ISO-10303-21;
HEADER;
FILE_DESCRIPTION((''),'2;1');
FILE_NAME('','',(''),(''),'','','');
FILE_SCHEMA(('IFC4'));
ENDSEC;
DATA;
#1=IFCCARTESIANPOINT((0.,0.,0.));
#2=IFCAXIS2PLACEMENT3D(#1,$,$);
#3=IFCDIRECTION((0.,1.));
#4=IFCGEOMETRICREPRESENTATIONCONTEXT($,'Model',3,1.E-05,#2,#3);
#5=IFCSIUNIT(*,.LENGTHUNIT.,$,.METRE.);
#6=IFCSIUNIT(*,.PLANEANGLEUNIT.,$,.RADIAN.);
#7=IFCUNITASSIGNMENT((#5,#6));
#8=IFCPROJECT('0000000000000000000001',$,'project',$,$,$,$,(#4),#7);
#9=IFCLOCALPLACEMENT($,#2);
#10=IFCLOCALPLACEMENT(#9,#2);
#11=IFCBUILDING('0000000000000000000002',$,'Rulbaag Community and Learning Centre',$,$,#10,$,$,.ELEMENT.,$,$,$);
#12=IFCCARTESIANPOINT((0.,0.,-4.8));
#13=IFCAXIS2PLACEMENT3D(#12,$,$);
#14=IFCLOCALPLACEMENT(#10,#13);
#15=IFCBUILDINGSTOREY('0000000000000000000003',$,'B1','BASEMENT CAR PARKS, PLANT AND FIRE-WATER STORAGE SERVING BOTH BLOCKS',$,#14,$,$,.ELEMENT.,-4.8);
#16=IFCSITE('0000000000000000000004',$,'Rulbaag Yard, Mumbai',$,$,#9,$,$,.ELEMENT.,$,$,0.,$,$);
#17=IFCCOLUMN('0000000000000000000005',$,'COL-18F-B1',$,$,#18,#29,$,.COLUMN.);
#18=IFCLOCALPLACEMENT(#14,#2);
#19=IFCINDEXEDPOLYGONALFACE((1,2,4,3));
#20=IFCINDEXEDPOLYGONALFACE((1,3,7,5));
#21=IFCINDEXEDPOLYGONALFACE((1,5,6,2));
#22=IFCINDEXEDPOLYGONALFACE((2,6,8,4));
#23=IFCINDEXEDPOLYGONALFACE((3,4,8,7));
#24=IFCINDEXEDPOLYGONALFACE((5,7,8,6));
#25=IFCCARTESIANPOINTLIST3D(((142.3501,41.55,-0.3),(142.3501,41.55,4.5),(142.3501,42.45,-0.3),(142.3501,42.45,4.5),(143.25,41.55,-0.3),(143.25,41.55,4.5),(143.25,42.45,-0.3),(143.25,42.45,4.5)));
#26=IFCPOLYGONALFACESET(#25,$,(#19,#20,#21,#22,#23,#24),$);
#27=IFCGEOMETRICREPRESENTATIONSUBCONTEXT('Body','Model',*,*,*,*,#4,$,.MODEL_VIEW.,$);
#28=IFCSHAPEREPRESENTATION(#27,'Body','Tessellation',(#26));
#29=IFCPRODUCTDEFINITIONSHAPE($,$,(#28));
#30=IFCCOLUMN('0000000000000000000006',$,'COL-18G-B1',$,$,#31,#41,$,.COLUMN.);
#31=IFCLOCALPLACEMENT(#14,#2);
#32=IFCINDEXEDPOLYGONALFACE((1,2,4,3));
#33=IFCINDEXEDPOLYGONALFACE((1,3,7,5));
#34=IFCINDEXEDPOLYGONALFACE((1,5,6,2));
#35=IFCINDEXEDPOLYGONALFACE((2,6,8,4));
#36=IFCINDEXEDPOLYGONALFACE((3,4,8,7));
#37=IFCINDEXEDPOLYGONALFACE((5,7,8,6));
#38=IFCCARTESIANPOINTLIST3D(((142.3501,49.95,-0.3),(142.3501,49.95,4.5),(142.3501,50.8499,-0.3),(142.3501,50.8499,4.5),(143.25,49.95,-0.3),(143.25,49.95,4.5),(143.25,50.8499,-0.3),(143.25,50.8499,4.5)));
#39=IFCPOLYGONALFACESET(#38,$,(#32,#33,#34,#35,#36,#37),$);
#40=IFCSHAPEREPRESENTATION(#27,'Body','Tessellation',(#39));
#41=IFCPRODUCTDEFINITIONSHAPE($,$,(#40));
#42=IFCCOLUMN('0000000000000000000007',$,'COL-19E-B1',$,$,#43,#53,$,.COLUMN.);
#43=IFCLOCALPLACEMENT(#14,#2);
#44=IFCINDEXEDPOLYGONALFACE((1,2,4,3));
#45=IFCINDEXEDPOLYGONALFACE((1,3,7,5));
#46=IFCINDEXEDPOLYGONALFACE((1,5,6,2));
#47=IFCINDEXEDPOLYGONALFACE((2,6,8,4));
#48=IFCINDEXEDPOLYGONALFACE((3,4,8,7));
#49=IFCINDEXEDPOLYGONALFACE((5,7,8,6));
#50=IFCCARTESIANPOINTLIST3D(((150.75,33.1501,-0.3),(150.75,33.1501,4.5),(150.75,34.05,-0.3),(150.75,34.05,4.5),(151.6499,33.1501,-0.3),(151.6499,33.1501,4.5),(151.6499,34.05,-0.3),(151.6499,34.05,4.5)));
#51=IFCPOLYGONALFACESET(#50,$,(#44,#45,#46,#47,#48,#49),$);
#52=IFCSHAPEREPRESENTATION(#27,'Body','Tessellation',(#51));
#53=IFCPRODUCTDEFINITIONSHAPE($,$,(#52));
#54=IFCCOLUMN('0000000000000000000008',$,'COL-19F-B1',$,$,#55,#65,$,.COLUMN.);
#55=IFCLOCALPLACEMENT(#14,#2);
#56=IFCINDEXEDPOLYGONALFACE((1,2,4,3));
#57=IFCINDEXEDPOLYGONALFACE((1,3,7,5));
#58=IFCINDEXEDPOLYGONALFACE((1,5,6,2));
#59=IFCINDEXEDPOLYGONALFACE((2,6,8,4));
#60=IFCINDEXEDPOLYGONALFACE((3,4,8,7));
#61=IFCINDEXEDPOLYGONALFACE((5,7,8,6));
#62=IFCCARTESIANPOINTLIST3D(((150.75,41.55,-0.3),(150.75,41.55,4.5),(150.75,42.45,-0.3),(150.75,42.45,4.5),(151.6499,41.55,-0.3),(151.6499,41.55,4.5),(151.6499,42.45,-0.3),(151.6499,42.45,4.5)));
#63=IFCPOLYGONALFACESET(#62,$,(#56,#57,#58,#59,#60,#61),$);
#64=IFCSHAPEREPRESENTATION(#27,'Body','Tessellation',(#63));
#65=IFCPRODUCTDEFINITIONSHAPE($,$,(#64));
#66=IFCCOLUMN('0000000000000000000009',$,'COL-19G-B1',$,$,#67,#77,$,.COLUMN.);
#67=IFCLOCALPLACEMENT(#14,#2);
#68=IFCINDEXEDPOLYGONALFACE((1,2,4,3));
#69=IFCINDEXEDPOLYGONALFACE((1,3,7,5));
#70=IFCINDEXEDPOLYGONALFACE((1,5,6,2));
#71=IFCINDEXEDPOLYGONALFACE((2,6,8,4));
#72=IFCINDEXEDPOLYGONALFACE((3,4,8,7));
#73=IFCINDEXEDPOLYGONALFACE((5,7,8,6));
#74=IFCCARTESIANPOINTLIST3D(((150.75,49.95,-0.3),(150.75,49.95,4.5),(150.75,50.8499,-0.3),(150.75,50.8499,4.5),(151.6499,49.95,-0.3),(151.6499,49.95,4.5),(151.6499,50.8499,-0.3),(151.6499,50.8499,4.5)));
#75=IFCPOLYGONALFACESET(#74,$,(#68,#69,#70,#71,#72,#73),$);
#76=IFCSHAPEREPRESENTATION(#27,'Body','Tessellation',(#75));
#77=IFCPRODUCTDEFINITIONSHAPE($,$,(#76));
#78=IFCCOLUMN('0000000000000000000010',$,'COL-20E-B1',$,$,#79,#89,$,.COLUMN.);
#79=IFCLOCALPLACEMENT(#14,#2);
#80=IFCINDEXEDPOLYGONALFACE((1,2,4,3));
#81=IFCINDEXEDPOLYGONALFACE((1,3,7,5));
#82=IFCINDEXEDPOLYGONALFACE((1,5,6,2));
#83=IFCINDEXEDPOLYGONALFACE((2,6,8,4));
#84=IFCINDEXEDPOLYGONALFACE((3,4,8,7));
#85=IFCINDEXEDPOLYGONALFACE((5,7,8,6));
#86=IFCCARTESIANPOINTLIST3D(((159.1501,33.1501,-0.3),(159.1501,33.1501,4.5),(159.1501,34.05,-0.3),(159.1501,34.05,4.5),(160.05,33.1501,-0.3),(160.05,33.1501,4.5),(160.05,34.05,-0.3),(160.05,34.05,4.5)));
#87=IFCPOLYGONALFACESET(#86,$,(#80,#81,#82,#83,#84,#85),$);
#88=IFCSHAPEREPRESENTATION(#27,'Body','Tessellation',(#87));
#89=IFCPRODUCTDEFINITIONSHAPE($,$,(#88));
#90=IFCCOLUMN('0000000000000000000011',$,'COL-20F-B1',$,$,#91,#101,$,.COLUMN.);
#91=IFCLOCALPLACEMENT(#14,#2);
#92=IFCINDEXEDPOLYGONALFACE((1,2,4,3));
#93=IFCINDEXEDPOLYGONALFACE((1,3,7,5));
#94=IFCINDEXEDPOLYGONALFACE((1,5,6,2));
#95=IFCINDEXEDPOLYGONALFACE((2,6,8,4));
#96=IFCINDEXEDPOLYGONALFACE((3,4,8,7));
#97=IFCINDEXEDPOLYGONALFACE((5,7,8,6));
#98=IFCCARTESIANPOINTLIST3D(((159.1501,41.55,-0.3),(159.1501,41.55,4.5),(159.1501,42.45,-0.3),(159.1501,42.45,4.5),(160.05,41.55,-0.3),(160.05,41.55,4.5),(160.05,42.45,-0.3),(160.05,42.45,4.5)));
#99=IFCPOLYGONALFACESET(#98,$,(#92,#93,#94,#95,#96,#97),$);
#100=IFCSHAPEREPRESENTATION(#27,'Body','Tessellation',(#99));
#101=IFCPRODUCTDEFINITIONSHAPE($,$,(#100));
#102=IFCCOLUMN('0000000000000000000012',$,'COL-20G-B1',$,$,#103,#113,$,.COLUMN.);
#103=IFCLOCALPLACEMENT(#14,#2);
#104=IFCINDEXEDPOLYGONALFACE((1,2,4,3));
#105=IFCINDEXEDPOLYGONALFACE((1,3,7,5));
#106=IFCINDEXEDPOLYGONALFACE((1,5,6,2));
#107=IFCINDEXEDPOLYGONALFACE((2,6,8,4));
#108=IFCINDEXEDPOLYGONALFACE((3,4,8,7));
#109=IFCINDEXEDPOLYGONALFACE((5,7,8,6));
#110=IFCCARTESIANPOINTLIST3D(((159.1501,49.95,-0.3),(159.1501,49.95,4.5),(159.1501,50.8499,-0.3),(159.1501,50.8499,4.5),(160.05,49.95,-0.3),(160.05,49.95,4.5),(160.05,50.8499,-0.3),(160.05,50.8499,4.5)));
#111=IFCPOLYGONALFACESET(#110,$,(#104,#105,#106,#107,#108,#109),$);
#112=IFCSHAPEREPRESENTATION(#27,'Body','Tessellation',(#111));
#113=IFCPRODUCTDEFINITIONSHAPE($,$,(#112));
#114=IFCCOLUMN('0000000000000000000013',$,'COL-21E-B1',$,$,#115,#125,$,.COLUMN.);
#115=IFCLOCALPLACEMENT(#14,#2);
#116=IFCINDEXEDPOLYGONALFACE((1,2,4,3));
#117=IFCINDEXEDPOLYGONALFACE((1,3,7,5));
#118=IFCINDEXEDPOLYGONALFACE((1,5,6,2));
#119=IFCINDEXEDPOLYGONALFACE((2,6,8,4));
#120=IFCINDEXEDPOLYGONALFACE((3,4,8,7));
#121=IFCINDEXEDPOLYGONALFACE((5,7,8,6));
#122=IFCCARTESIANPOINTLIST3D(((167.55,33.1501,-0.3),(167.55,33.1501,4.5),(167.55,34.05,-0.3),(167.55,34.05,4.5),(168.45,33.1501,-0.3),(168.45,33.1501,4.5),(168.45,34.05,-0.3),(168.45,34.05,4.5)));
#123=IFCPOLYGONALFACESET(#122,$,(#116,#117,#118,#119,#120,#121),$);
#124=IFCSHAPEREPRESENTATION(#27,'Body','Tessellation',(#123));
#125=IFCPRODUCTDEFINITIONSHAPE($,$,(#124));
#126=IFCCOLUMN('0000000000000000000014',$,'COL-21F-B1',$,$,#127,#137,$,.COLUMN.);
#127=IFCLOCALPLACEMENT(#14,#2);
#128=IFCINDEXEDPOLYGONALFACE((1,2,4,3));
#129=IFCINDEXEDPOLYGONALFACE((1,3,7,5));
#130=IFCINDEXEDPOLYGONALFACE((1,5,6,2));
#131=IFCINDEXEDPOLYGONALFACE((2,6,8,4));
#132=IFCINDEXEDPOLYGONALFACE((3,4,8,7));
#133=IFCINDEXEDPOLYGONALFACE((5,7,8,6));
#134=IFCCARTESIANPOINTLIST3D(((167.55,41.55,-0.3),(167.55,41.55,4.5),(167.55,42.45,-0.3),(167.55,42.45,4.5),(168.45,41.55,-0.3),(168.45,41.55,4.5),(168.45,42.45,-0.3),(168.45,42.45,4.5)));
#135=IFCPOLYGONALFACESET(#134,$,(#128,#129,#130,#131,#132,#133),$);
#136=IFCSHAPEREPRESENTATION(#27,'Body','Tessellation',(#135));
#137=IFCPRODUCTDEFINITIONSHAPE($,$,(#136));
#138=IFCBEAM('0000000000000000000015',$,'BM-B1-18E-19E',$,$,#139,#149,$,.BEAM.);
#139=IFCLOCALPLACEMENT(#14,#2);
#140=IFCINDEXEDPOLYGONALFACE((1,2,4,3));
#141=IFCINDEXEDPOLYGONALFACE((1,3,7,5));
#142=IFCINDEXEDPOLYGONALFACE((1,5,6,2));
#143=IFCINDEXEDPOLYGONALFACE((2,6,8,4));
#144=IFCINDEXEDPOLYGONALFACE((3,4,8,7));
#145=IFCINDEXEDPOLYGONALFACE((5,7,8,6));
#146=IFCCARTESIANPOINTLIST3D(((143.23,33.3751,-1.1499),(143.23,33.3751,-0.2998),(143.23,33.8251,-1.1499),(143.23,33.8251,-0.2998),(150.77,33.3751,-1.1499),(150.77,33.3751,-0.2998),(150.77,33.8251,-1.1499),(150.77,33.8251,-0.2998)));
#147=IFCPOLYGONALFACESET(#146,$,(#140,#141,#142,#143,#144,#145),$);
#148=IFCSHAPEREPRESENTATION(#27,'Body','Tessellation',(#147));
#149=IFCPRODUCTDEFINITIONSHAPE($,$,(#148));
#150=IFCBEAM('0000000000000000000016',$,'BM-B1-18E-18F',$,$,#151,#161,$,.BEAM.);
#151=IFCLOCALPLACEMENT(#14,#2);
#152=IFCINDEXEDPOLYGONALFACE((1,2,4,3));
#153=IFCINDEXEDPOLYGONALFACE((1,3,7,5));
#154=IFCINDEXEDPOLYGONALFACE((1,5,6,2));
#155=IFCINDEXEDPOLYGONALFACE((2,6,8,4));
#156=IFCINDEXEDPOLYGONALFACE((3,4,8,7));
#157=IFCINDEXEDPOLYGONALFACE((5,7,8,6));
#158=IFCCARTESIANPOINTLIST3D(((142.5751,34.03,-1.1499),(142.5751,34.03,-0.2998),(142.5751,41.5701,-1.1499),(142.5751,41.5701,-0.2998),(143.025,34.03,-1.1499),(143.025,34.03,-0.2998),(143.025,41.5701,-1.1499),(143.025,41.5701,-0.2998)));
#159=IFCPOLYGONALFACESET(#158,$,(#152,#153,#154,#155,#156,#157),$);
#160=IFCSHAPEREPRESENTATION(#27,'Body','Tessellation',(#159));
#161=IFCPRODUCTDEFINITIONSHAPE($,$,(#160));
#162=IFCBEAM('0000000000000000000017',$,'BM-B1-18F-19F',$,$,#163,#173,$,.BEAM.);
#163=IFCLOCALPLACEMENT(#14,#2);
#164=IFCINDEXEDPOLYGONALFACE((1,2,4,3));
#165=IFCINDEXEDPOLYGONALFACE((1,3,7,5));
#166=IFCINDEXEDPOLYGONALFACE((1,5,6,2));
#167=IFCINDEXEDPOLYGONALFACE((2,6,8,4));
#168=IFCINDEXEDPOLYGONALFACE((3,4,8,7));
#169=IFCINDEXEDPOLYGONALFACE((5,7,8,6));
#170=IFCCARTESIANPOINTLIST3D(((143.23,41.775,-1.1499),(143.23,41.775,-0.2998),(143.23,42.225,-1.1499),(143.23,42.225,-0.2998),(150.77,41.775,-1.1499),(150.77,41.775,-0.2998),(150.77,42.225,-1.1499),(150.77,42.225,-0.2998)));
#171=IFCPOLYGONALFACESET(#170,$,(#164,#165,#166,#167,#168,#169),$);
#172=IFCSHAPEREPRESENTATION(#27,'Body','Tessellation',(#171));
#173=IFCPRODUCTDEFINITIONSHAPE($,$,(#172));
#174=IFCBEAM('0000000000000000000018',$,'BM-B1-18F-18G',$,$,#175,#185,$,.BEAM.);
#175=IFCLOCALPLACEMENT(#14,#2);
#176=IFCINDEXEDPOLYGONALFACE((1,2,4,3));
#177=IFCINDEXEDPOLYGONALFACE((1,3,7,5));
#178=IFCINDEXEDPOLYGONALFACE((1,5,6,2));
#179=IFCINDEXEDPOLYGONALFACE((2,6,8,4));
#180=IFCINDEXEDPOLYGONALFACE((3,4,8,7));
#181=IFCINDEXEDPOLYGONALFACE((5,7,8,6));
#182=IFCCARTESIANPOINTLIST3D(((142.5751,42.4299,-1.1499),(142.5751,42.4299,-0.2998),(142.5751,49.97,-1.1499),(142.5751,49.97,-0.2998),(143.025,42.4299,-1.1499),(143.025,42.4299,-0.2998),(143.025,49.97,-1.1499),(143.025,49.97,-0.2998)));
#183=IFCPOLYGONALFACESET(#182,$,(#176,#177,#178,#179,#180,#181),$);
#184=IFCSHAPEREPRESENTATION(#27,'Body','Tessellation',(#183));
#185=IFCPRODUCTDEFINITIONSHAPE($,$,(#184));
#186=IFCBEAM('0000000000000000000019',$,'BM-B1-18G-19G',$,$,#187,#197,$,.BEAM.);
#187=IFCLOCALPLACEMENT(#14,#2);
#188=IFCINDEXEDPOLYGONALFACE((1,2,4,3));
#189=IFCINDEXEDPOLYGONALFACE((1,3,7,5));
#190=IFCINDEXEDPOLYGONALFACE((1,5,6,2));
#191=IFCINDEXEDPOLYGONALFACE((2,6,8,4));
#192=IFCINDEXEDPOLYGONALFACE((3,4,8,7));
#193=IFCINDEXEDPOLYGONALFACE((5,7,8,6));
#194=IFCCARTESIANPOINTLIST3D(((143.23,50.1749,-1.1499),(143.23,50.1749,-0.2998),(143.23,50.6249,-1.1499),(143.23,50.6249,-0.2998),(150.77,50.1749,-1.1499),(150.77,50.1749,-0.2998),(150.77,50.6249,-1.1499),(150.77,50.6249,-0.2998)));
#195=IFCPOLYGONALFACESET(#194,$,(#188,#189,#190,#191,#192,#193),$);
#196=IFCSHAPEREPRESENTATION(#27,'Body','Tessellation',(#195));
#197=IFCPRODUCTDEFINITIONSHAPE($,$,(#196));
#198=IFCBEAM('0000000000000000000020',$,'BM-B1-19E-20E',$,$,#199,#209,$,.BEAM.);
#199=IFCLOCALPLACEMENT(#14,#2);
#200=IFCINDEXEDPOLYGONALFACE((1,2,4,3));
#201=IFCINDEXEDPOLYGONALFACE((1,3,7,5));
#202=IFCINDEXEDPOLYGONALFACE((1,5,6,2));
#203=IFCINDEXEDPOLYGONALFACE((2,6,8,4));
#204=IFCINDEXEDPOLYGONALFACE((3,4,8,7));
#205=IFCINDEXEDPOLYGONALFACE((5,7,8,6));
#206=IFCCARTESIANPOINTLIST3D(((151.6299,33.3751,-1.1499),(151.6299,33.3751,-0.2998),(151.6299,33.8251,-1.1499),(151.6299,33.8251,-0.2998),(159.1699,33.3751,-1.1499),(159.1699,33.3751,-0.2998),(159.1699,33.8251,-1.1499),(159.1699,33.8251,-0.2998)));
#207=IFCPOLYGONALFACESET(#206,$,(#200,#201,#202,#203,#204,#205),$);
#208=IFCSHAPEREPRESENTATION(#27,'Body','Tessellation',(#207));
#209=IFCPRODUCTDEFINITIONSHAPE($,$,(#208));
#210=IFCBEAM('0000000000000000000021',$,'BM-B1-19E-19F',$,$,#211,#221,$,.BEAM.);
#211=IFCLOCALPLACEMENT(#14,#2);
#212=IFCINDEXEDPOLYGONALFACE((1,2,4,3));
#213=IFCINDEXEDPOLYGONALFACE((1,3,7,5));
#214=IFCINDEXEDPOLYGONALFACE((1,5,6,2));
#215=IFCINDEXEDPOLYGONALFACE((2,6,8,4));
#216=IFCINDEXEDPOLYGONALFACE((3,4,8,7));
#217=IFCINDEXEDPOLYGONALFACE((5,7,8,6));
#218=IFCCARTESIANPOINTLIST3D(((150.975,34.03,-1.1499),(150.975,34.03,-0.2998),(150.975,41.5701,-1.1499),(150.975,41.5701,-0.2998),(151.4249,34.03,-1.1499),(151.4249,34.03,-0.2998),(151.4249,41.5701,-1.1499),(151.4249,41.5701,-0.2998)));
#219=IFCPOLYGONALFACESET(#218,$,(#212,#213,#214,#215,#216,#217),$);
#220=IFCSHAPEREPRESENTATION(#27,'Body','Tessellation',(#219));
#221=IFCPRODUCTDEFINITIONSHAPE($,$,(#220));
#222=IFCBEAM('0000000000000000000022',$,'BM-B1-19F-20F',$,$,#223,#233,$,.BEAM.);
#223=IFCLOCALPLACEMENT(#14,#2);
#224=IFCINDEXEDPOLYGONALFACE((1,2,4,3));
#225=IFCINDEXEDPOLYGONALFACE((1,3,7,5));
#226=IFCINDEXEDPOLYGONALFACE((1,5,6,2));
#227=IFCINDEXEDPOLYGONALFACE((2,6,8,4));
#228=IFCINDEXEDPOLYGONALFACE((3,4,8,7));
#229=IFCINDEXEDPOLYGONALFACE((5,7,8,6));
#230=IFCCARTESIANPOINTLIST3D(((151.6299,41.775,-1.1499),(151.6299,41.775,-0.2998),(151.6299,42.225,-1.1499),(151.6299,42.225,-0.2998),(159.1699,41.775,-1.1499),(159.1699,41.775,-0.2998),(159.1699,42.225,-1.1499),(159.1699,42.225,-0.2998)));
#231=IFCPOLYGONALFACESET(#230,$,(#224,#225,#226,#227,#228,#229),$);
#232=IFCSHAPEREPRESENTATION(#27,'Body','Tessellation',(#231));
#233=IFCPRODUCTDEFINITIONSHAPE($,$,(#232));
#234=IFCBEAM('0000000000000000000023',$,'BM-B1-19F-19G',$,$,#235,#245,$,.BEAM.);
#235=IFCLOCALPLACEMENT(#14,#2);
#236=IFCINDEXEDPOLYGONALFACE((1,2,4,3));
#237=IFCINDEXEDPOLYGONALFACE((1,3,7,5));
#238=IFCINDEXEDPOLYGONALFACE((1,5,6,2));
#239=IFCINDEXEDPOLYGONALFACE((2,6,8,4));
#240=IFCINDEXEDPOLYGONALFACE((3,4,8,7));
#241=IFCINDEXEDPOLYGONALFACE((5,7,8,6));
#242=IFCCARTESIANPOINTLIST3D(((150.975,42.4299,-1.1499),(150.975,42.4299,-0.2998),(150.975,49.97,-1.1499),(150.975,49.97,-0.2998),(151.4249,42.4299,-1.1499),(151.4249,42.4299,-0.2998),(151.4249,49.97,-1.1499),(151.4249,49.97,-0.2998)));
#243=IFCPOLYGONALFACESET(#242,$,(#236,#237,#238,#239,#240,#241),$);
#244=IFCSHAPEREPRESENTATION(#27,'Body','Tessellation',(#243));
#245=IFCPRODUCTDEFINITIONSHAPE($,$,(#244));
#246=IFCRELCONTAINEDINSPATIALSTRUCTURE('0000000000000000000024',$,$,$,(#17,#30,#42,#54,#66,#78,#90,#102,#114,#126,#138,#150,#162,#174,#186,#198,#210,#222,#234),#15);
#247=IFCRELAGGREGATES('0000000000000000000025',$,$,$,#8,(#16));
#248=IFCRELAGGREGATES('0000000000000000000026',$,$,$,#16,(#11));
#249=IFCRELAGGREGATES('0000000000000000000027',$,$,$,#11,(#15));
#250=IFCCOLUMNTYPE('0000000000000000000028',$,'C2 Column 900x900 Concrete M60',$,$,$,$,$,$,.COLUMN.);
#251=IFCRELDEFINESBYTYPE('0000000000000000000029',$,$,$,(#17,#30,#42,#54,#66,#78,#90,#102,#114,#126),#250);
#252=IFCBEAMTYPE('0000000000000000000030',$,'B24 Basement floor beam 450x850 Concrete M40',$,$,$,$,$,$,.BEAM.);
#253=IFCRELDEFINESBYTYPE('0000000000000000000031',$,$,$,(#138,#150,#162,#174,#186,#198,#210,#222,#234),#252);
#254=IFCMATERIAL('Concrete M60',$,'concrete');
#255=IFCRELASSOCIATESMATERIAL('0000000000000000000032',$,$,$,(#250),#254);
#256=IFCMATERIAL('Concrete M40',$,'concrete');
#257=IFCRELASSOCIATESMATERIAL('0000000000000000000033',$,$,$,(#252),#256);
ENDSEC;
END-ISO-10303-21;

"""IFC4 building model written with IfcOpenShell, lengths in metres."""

from ifc_helpers import new_model, si_unit, direction, frame, origin, origin_2d, place, context, subcontext, project, spatial, rectangle, extrude, material, material_profile, profile_set, type_object, element, save


model = new_model("IFC4")

# Units and contexts
model_context = context("Model", 3, precision=1e-05, world=origin(), true_north=direction((0.0, 1.0)))
body_context = subcontext(model_context, "Body", "Model", "MODEL_VIEW")
ifc_project = project(units=[si_unit("LENGTHUNIT", "METRE"), si_unit("PLANEANGLEUNIT", "RADIAN")], contexts=[model_context])

# Site, building, storey
site_placement = place(None, origin())
site = spatial("IfcSite", under=ifc_project, at=site_placement, Name="Rulbaag Yard, Mumbai", CompositionType="ELEMENT", RefElevation=0.0)
building_placement = place(site_placement, origin())
building = spatial("IfcBuilding", under=site, at=building_placement, Name="Rulbaag Community and Learning Centre", CompositionType="ELEMENT")
storey_placement = place(building_placement, frame((0.0, 0.0, -4.8)))
storey = spatial("IfcBuildingStorey", under=building, at=storey_placement, Name="B1", Description="BASEMENT CAR PARKS, PLANT AND FIRE-WATER STORAGE SERVING BOTH BLOCKS", CompositionType="ELEMENT", Elevation=-4.8)

# Columns
ifc_material_1 = material(Name="Concrete M60", Category="concrete")
ifc_material_profile_1 = material_profile(ifc_material_1, rectangle(XDim=0.8999, YDim=0.8999, at=origin_2d()), Name="RC900x900")
ifc_profile_set_1 = profile_set([ifc_material_profile_1], Name="Concrete M60")
column_type = type_object("IfcColumnType", Name="C2 Column 900x900 Concrete M60", PredefinedType="COLUMN", material=ifc_profile_set_1)
for number, where, z_axis, x_axis, name in (
    (1, (142.8, 42.0, -0.3), (0.0, 0.0, 1.0), (1.0, 0.0, 0.0), "COL-18F-B1"),
    (2, (142.8, 50.3999, -0.3), (0.0, 0.0, 1.0), (1.0, 0.0, 0.0), "COL-18G-B1"),
    (3, (151.2, 33.6001, -0.3), (0.0, 0.0, 1.0), (1.0, 0.0, 0.0), "COL-19E-B1"),
    (4, (151.2, 42.0, -0.3), (0.0, 0.0, 1.0), (1.0, 0.0, 0.0), "COL-19F-B1"),
    (5, (151.2, 50.3999, -0.3), (0.0, 0.0, 1.0), (1.0, 0.0, 0.0), "COL-19G-B1"),
    (6, (159.6001, 33.6001, -0.3), (0.0, 0.0, 1.0), (1.0, 0.0, 0.0), "COL-20E-B1"),
    (7, (159.6001, 42.0, -0.3), (0.0, 0.0, 1.0), (1.0, 0.0, 0.0), "COL-20F-B1"),
    (8, (159.6001, 50.3999, -0.3), (0.0, 0.0, 1.0), (1.0, 0.0, 0.0), "COL-20G-B1"),
    (9, (168.0, 33.6001, -0.3), (0.0, 0.0, 1.0), (1.0, 0.0, 0.0), "COL-21E-B1"),
    (10, (168.0, 42.0, -0.3), (0.0, 0.0, 1.0), (1.0, 0.0, 0.0), "COL-21F-B1"),
):
    element("IfcColumn", number, at=place(storey_placement, frame(where, z_axis=z_axis, x_axis=x_axis)), inside=storey, type_object=column_type, Name=name, PredefinedType="COLUMN", context=body_context, shape_type="SweptSolid", body=[
        extrude(rectangle(XDim=0.8999, YDim=0.8999, at=origin_2d()), origin(), (0.0, 0.0, 1.0), 4.8),
    ])

# Beams
ifc_material_2 = material(Name="Concrete M40", Category="concrete")
ifc_material_profile_2 = material_profile(ifc_material_2, rectangle(XDim=0.45, YDim=0.8501, at=origin_2d()), Name="RB450x850")
ifc_profile_set_2 = profile_set([ifc_material_profile_2], Name="Concrete M40")
beam_type = type_object("IfcBeamType", Name="B24 Basement floor beam 450x850 Concrete M40", PredefinedType="BEAM", material=ifc_profile_set_2)
for number, where, z_axis, x_axis, name in (
    (11, (143.23, 33.6001, -0.7249), (1.0, 0.0, 0.0), (0.0, 1.0, 0.0), "BM-B1-18E-19E"),
    (12, (142.8, 34.03, -0.7249), (0.0, 1.0, 0.0), (-1.0, 0.0, 0.0), "BM-B1-18E-18F"),
    (13, (143.23, 42.0, -0.7249), (1.0, 0.0, 0.0), (0.0, 1.0, 0.0), "BM-B1-18F-19F"),
    (14, (142.8, 42.4299, -0.7249), (0.0, 1.0, 0.0), (-1.0, 0.0, 0.0), "BM-B1-18F-18G"),
    (15, (143.23, 50.3999, -0.7249), (1.0, 0.0, 0.0), (0.0, 1.0, 0.0), "BM-B1-18G-19G"),
    (16, (151.6299, 33.6001, -0.7249), (1.0, 0.0, 0.0), (0.0, 1.0, 0.0), "BM-B1-19E-20E"),
    (17, (151.2, 34.03, -0.7249), (0.0, 1.0, 0.0), (-1.0, 0.0, 0.0), "BM-B1-19E-19F"),
    (18, (151.6299, 42.0, -0.7249), (1.0, 0.0, 0.0), (0.0, 1.0, 0.0), "BM-B1-19F-20F"),
    (19, (151.2, 42.4299, -0.7249), (0.0, 1.0, 0.0), (-1.0, 0.0, 0.0), "BM-B1-19F-19G"),
):
    element("IfcBeam", number, at=place(storey_placement, frame(where, z_axis=z_axis, x_axis=x_axis)), inside=storey, type_object=beam_type, Name=name, PredefinedType="BEAM", context=body_context, shape_type="SweptSolid", body=[
        extrude(rectangle(XDim=0.45, YDim=0.8501, at=origin_2d()), origin(), (0.0, 0.0, 1.0), 7.54),
    ])

save(model, "model.ifc")
